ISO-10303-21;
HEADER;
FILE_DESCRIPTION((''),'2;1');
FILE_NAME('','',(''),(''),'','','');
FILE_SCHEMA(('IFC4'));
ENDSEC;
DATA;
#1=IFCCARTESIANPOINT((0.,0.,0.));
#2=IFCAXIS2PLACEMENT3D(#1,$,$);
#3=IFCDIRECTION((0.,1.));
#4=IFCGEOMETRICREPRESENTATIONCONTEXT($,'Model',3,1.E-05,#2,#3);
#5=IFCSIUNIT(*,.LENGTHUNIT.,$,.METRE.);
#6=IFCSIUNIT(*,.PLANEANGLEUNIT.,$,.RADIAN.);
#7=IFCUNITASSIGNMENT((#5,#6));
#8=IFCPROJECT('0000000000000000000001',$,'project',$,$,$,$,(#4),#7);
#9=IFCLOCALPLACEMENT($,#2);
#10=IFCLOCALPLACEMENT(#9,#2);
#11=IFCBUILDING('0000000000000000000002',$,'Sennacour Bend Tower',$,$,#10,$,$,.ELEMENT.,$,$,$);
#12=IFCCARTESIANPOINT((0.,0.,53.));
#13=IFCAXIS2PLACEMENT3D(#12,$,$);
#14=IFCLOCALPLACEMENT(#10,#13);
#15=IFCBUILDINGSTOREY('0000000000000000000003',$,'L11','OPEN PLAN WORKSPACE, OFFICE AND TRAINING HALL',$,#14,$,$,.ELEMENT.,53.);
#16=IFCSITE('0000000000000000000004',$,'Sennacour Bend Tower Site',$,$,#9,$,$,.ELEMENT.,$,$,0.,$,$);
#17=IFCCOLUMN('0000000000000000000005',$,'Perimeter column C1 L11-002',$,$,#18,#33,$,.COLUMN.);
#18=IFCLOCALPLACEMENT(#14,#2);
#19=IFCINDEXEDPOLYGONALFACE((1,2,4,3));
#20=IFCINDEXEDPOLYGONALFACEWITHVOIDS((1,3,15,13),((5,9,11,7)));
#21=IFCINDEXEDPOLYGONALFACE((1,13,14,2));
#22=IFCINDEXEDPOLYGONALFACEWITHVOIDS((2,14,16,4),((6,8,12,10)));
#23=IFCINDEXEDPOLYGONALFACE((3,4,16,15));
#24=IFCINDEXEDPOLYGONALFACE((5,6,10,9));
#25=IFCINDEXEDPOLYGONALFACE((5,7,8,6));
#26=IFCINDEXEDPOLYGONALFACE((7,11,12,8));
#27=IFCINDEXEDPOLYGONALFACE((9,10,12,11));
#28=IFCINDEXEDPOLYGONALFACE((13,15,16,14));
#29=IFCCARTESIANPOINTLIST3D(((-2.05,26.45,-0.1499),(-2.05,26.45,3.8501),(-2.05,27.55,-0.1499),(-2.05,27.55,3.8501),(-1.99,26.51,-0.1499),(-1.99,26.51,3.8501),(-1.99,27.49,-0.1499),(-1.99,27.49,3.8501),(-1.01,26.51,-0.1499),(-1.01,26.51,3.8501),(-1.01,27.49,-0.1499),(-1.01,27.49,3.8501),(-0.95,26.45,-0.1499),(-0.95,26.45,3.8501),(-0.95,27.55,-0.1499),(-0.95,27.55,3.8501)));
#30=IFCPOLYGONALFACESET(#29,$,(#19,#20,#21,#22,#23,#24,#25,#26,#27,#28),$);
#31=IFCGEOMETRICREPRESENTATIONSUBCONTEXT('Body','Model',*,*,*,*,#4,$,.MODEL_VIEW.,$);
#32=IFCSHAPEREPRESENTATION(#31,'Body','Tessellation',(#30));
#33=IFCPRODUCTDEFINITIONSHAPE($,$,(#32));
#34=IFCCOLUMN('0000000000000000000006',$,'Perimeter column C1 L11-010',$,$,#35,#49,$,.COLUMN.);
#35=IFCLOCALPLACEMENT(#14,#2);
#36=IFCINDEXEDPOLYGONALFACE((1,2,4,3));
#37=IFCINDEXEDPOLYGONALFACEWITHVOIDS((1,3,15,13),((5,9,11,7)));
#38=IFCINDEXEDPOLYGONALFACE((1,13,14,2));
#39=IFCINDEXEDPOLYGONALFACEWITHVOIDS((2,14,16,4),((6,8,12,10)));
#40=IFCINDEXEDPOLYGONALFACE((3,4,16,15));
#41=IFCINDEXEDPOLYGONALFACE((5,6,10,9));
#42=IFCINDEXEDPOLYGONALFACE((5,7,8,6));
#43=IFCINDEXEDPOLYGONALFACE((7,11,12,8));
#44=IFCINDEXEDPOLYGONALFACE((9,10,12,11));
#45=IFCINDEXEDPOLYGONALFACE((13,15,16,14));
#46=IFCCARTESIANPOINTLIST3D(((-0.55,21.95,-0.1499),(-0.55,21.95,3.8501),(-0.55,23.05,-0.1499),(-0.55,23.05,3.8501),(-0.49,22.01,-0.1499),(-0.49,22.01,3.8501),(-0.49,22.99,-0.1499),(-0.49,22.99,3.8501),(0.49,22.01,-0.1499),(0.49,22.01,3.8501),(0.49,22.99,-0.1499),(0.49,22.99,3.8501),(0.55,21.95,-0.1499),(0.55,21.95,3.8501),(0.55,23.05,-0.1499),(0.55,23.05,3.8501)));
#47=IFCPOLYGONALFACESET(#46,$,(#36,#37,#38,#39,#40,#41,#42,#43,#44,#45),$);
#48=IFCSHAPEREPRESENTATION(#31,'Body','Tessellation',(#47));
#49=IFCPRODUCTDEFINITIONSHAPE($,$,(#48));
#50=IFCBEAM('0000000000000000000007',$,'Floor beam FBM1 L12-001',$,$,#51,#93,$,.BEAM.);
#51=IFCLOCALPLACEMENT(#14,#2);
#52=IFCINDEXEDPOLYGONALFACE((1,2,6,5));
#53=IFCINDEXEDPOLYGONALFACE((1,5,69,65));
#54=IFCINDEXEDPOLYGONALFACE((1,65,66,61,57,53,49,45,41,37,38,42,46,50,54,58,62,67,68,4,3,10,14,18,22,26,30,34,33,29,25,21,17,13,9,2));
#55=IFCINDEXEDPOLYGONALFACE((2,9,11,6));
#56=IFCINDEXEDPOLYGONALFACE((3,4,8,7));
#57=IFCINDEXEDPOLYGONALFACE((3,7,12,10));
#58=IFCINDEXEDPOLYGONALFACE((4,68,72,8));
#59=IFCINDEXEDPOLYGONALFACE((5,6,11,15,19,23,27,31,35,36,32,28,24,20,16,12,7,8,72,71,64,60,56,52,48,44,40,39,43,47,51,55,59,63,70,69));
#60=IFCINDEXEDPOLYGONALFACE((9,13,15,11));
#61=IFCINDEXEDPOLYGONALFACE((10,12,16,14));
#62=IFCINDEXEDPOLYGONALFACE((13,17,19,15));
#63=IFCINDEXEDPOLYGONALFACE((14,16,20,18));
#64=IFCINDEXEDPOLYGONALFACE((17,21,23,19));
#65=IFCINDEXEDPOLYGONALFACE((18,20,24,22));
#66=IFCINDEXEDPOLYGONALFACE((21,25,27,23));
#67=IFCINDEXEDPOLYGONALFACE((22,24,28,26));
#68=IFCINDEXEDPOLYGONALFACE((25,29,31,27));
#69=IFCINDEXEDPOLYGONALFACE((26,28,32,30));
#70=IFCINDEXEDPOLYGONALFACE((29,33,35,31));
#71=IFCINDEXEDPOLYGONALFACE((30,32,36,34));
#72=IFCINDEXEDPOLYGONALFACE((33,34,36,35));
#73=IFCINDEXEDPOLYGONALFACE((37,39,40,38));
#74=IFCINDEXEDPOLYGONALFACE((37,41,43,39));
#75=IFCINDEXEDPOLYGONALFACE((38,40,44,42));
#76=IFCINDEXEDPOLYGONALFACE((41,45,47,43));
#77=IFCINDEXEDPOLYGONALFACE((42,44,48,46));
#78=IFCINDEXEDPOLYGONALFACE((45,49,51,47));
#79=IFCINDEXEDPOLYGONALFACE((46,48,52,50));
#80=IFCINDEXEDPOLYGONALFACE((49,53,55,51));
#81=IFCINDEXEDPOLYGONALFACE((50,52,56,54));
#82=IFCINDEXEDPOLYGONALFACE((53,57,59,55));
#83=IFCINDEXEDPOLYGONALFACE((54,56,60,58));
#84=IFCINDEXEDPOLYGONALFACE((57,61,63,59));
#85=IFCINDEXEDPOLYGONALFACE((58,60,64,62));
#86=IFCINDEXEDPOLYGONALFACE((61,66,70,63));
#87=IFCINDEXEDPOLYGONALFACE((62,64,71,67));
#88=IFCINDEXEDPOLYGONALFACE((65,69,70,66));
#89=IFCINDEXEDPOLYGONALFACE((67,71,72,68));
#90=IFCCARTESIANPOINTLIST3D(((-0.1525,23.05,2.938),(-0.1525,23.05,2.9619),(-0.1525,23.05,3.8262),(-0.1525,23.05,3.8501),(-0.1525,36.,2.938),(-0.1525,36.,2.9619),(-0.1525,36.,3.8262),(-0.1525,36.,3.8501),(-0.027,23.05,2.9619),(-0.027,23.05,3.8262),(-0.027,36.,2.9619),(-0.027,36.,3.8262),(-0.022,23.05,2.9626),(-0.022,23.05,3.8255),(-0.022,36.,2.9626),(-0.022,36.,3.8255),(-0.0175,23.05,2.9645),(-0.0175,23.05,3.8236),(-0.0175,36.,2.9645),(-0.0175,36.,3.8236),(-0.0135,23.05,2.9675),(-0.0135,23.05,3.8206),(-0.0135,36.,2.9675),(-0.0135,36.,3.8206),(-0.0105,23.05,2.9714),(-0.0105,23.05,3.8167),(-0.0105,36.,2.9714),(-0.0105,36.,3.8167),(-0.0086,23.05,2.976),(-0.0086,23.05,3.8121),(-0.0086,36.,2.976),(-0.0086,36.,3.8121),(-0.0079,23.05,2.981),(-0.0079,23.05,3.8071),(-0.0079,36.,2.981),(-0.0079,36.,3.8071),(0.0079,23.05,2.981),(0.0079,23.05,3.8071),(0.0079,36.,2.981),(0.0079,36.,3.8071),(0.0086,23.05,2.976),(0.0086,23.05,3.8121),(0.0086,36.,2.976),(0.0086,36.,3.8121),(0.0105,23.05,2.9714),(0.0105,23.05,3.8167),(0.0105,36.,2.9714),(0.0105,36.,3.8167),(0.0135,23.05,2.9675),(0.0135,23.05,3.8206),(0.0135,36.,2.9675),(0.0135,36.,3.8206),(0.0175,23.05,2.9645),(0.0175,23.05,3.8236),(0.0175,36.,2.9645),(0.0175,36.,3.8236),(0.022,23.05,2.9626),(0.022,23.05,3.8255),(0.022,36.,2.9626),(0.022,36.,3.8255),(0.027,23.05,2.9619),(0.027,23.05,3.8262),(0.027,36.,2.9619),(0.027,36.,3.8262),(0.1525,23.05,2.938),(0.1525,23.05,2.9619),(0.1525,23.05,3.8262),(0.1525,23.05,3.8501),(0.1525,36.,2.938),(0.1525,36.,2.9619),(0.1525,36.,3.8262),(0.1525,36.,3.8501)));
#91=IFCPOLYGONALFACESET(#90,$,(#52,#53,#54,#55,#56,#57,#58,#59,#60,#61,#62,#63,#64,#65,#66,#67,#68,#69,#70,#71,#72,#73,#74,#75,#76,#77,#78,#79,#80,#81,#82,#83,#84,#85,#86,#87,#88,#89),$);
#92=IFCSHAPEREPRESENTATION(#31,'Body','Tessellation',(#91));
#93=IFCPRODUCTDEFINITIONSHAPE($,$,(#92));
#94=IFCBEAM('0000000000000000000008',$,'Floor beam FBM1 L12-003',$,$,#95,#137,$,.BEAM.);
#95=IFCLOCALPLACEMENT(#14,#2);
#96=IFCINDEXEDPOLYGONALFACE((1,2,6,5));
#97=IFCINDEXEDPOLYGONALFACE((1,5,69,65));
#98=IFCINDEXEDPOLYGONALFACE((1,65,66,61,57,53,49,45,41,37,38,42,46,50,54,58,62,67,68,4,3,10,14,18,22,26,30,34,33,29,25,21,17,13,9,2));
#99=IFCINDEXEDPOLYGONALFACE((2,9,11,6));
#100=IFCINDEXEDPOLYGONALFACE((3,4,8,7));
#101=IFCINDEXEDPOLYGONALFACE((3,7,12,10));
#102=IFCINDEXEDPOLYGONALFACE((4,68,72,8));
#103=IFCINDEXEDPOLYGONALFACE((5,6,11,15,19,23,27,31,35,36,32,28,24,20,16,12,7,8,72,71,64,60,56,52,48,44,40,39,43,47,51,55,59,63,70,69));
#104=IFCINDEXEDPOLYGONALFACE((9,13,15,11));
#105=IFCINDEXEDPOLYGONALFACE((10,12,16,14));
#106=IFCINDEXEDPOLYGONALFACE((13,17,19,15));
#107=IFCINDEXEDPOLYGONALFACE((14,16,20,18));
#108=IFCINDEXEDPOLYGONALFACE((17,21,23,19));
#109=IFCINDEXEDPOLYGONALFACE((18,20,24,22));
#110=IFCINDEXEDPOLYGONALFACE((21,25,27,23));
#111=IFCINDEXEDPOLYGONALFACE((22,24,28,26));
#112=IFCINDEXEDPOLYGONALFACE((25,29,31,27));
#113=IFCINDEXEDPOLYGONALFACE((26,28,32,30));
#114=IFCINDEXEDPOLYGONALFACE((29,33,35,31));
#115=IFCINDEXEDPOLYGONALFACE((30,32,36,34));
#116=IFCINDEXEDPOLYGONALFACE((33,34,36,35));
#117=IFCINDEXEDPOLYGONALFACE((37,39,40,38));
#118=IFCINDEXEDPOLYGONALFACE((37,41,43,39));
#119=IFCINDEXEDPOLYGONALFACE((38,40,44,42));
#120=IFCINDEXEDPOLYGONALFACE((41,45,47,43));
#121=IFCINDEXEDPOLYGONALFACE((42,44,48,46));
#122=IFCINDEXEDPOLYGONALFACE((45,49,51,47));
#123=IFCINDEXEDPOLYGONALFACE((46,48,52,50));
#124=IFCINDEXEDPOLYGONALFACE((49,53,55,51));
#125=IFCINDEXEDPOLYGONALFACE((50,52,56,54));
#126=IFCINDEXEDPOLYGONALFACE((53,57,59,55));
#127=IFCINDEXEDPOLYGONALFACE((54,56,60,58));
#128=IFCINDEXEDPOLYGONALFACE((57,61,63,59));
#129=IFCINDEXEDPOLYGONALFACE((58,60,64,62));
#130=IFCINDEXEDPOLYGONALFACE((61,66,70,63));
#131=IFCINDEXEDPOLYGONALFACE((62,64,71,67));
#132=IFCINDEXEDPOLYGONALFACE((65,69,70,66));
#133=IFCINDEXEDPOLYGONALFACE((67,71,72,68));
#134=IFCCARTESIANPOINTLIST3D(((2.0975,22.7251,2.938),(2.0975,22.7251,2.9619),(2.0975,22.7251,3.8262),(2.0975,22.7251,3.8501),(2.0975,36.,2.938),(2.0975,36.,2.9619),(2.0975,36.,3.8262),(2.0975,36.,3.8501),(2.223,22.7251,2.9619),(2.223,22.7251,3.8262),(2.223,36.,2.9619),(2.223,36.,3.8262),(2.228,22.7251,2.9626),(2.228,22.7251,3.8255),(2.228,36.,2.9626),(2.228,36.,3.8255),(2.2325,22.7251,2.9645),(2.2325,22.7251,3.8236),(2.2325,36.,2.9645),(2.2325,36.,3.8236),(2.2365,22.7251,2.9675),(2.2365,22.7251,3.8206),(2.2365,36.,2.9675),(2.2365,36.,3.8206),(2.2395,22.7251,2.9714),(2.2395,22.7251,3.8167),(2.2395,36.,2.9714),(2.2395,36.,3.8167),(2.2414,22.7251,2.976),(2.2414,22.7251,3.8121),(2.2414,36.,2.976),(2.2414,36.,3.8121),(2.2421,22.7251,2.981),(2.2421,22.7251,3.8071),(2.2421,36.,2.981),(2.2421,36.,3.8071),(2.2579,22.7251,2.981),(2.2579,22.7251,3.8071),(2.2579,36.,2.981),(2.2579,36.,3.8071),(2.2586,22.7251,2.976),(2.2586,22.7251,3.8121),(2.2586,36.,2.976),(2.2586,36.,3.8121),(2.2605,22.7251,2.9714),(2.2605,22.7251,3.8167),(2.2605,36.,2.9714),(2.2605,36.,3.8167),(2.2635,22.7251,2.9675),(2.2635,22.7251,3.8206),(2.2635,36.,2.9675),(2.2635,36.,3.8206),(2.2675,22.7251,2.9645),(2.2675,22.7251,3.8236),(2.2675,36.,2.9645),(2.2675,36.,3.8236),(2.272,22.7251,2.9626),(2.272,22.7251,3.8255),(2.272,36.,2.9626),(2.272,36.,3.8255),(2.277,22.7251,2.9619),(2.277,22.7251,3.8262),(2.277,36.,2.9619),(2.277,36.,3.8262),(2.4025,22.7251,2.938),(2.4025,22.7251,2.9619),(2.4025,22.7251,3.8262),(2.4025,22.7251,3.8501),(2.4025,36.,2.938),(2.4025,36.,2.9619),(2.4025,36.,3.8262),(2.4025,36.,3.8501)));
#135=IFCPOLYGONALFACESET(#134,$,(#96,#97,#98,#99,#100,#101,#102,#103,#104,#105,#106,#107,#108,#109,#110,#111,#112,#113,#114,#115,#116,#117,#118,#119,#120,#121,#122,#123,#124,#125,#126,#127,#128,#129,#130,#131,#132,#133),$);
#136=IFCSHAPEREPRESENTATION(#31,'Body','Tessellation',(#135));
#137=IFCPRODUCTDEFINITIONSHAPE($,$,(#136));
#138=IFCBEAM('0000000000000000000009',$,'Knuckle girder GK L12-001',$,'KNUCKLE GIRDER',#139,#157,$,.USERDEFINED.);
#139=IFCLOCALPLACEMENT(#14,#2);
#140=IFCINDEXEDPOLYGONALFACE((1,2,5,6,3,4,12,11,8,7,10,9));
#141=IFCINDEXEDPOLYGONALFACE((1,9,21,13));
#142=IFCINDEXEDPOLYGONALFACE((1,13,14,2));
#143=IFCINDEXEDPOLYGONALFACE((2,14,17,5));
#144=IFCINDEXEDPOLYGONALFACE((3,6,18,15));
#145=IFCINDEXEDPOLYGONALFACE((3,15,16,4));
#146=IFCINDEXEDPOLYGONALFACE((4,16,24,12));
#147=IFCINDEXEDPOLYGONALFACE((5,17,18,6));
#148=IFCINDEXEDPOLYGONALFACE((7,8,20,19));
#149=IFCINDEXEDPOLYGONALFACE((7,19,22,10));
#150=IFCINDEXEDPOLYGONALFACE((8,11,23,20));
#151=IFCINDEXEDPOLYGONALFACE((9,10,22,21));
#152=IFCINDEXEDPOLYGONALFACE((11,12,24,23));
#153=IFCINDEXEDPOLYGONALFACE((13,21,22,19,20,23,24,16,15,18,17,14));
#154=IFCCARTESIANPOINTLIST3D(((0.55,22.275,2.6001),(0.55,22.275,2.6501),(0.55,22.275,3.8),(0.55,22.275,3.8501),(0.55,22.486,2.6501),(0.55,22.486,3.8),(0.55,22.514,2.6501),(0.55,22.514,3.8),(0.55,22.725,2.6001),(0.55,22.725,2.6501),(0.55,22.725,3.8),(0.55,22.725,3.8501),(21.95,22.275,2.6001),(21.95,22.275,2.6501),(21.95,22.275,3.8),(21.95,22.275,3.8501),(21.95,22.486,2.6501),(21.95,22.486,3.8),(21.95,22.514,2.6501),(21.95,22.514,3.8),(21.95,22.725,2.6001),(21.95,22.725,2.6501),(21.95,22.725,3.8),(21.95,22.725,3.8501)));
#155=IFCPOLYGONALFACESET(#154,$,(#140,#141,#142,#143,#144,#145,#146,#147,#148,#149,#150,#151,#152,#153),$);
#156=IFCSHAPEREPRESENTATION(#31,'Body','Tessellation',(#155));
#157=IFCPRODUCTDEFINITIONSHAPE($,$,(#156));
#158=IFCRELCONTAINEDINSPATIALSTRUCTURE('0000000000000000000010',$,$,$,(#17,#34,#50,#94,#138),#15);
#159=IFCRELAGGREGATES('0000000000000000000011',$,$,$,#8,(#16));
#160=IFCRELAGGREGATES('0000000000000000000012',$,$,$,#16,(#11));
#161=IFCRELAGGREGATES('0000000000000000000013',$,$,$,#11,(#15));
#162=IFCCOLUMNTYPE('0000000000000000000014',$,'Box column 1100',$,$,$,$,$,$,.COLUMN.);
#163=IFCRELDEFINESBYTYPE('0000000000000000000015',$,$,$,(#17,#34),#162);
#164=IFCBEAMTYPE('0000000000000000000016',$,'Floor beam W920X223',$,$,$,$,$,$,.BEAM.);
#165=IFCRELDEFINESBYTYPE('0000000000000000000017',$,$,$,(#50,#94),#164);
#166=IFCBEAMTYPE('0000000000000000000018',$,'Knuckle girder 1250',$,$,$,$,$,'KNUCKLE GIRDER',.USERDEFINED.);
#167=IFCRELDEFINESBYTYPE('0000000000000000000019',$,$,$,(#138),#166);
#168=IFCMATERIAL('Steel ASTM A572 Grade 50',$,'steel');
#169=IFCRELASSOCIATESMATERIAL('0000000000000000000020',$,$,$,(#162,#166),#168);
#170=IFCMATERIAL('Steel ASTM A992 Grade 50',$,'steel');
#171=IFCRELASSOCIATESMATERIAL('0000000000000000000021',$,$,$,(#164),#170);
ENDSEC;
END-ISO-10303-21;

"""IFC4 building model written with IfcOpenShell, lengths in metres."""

from ifc_helpers import new_model, si_unit, direction, frame, origin, origin_2d, place, context, subcontext, project, spatial, hollow_rectangle, i_section, extrude, material, material_profile, profile_set, type_object, element, save


model = new_model("IFC4")

# Units and contexts
model_context = context("Model", 3, precision=1e-05, world=origin(), true_north=direction((0.0, 1.0)))
body_context = subcontext(model_context, "Body", "Model", "MODEL_VIEW")
ifc_project = project(units=[si_unit("LENGTHUNIT", "METRE"), si_unit("PLANEANGLEUNIT", "RADIAN")], contexts=[model_context])

# Site, building, storey
site_placement = place(None, origin())
site = spatial("IfcSite", under=ifc_project, at=site_placement, Name="Sennacour Bend Tower Site", CompositionType="ELEMENT", RefElevation=0.0)
building_placement = place(site_placement, origin())
building = spatial("IfcBuilding", under=site, at=building_placement, Name="Sennacour Bend Tower", CompositionType="ELEMENT")
storey_placement = place(building_placement, frame((0.0, 0.0, 53.0)))
storey = spatial("IfcBuildingStorey", under=building, at=storey_placement, Name="L11", Description="OPEN PLAN WORKSPACE, OFFICE AND TRAINING HALL", CompositionType="ELEMENT", Elevation=53.0)

# Columns
ifc_material_1 = material(Name="Steel ASTM A572 Grade 50", Category="steel")
ifc_material_profile_1 = material_profile(ifc_material_1, hollow_rectangle(XDim=1.1001, YDim=1.1001, WallThickness=0.0601, at=origin_2d()), Name="Steel ASTM A572 Grade 50", Category="steel")
ifc_profile_set_1 = profile_set([ifc_material_profile_1], Name="Steel ASTM A572 Grade 50")
column_type = type_object("IfcColumnType", Name="Box column 1100", PredefinedType="COLUMN", material=ifc_profile_set_1)
for number, where, z_axis, x_axis, name in (
    (1, (-1.5, 27.0, -0.1499), (0.0, 0.0, 1.0), (1.0, 0.0, 0.0), "Perimeter column C1 L11-002"),
    (2, (0.0, 22.5, -0.1499), (0.0, 0.0, 1.0), (1.0, 0.0, 0.0), "Perimeter column C1 L11-010"),
):
    element("IfcColumn", number, at=place(storey_placement, frame(where, z_axis=z_axis, x_axis=x_axis)), inside=storey, type_object=column_type, Name=name, PredefinedType="COLUMN", context=body_context, shape_type="SweptSolid", body=[
        extrude(hollow_rectangle(XDim=1.1001, YDim=1.1001, WallThickness=0.0601, at=origin_2d()), origin(), (0.0, 0.0, 1.0), 4.0),
    ])

# Beams
ifc_material_2 = material(Name="Steel ASTM A992 Grade 50", Category="steel")
ifc_material_profile_2 = material_profile(ifc_material_2, i_section(OverallWidth=0.3049, OverallDepth=0.9121, WebThickness=0.0159, FlangeThickness=0.0239, FilletRadius=0.019, at=origin_2d()), Name="Steel ASTM A992 Grade 50", Category="steel")
ifc_profile_set_2 = profile_set([ifc_material_profile_2], Name="Steel ASTM A992 Grade 50")
beam_type_1 = type_object("IfcBeamType", Name="Floor beam W920X223", PredefinedType="BEAM", material=ifc_profile_set_2)
beam_1_placement = place(storey_placement, frame((0.0, 23.05, 3.394), z_axis=(0.0, 1.0, 0.0), x_axis=(-1.0, 0.0, 0.0)))
element("IfcBeam", 3, at=beam_1_placement, inside=storey, type_object=beam_type_1, Name="Floor beam FBM1 L12-001", PredefinedType="BEAM", context=body_context, shape_type="SweptSolid", body=[
    extrude(i_section(OverallWidth=0.3049, OverallDepth=0.9121, WebThickness=0.0159, FlangeThickness=0.0239, FilletRadius=0.019, at=origin_2d()), origin(), (0.0, 0.0, 1.0), 12.95),
])
beam_2_placement = place(storey_placement, frame((2.25, 22.7251, 3.394), z_axis=(0.0, 1.0, 0.0), x_axis=(-1.0, 0.0, 0.0)))
element("IfcBeam", 4, at=beam_2_placement, inside=storey, type_object=beam_type_1, Name="Floor beam FBM1 L12-003", PredefinedType="BEAM", context=body_context, shape_type="SweptSolid", body=[
    extrude(i_section(OverallWidth=0.3049, OverallDepth=0.9121, WebThickness=0.0159, FlangeThickness=0.0239, FilletRadius=0.019, at=origin_2d()), origin(), (0.0, 0.0, 1.0), 13.2749),
])
ifc_material_profile_3 = material_profile(ifc_material_1, i_section(OverallWidth=0.45, OverallDepth=1.25, WebThickness=0.0281, FlangeThickness=0.05, at=origin_2d()), Name="Steel ASTM A572 Grade 50", Category="steel")
ifc_profile_set_3 = profile_set([ifc_material_profile_3], Name="Steel ASTM A572 Grade 50")
beam_type_2 = type_object("IfcBeamType", Name="Knuckle girder 1250", ElementType="KNUCKLE GIRDER", PredefinedType="USERDEFINED", material=ifc_profile_set_3)
beam_3_placement = place(storey_placement, frame((0.55, 22.5, 3.2251), z_axis=(1.0, 0.0, 0.0), x_axis=(0.0, 1.0, 0.0)))
element("IfcBeam", 5, at=beam_3_placement, inside=storey, type_object=beam_type_2, Name="Knuckle girder GK L12-001", ObjectType="KNUCKLE GIRDER", PredefinedType="USERDEFINED", context=body_context, shape_type="SweptSolid", body=[
    extrude(i_section(OverallWidth=0.45, OverallDepth=1.25, WebThickness=0.0281, FlangeThickness=0.05, at=origin_2d()), origin(), (0.0, 0.0, 1.0), 21.3999),
])

save(model, "model.ifc")
